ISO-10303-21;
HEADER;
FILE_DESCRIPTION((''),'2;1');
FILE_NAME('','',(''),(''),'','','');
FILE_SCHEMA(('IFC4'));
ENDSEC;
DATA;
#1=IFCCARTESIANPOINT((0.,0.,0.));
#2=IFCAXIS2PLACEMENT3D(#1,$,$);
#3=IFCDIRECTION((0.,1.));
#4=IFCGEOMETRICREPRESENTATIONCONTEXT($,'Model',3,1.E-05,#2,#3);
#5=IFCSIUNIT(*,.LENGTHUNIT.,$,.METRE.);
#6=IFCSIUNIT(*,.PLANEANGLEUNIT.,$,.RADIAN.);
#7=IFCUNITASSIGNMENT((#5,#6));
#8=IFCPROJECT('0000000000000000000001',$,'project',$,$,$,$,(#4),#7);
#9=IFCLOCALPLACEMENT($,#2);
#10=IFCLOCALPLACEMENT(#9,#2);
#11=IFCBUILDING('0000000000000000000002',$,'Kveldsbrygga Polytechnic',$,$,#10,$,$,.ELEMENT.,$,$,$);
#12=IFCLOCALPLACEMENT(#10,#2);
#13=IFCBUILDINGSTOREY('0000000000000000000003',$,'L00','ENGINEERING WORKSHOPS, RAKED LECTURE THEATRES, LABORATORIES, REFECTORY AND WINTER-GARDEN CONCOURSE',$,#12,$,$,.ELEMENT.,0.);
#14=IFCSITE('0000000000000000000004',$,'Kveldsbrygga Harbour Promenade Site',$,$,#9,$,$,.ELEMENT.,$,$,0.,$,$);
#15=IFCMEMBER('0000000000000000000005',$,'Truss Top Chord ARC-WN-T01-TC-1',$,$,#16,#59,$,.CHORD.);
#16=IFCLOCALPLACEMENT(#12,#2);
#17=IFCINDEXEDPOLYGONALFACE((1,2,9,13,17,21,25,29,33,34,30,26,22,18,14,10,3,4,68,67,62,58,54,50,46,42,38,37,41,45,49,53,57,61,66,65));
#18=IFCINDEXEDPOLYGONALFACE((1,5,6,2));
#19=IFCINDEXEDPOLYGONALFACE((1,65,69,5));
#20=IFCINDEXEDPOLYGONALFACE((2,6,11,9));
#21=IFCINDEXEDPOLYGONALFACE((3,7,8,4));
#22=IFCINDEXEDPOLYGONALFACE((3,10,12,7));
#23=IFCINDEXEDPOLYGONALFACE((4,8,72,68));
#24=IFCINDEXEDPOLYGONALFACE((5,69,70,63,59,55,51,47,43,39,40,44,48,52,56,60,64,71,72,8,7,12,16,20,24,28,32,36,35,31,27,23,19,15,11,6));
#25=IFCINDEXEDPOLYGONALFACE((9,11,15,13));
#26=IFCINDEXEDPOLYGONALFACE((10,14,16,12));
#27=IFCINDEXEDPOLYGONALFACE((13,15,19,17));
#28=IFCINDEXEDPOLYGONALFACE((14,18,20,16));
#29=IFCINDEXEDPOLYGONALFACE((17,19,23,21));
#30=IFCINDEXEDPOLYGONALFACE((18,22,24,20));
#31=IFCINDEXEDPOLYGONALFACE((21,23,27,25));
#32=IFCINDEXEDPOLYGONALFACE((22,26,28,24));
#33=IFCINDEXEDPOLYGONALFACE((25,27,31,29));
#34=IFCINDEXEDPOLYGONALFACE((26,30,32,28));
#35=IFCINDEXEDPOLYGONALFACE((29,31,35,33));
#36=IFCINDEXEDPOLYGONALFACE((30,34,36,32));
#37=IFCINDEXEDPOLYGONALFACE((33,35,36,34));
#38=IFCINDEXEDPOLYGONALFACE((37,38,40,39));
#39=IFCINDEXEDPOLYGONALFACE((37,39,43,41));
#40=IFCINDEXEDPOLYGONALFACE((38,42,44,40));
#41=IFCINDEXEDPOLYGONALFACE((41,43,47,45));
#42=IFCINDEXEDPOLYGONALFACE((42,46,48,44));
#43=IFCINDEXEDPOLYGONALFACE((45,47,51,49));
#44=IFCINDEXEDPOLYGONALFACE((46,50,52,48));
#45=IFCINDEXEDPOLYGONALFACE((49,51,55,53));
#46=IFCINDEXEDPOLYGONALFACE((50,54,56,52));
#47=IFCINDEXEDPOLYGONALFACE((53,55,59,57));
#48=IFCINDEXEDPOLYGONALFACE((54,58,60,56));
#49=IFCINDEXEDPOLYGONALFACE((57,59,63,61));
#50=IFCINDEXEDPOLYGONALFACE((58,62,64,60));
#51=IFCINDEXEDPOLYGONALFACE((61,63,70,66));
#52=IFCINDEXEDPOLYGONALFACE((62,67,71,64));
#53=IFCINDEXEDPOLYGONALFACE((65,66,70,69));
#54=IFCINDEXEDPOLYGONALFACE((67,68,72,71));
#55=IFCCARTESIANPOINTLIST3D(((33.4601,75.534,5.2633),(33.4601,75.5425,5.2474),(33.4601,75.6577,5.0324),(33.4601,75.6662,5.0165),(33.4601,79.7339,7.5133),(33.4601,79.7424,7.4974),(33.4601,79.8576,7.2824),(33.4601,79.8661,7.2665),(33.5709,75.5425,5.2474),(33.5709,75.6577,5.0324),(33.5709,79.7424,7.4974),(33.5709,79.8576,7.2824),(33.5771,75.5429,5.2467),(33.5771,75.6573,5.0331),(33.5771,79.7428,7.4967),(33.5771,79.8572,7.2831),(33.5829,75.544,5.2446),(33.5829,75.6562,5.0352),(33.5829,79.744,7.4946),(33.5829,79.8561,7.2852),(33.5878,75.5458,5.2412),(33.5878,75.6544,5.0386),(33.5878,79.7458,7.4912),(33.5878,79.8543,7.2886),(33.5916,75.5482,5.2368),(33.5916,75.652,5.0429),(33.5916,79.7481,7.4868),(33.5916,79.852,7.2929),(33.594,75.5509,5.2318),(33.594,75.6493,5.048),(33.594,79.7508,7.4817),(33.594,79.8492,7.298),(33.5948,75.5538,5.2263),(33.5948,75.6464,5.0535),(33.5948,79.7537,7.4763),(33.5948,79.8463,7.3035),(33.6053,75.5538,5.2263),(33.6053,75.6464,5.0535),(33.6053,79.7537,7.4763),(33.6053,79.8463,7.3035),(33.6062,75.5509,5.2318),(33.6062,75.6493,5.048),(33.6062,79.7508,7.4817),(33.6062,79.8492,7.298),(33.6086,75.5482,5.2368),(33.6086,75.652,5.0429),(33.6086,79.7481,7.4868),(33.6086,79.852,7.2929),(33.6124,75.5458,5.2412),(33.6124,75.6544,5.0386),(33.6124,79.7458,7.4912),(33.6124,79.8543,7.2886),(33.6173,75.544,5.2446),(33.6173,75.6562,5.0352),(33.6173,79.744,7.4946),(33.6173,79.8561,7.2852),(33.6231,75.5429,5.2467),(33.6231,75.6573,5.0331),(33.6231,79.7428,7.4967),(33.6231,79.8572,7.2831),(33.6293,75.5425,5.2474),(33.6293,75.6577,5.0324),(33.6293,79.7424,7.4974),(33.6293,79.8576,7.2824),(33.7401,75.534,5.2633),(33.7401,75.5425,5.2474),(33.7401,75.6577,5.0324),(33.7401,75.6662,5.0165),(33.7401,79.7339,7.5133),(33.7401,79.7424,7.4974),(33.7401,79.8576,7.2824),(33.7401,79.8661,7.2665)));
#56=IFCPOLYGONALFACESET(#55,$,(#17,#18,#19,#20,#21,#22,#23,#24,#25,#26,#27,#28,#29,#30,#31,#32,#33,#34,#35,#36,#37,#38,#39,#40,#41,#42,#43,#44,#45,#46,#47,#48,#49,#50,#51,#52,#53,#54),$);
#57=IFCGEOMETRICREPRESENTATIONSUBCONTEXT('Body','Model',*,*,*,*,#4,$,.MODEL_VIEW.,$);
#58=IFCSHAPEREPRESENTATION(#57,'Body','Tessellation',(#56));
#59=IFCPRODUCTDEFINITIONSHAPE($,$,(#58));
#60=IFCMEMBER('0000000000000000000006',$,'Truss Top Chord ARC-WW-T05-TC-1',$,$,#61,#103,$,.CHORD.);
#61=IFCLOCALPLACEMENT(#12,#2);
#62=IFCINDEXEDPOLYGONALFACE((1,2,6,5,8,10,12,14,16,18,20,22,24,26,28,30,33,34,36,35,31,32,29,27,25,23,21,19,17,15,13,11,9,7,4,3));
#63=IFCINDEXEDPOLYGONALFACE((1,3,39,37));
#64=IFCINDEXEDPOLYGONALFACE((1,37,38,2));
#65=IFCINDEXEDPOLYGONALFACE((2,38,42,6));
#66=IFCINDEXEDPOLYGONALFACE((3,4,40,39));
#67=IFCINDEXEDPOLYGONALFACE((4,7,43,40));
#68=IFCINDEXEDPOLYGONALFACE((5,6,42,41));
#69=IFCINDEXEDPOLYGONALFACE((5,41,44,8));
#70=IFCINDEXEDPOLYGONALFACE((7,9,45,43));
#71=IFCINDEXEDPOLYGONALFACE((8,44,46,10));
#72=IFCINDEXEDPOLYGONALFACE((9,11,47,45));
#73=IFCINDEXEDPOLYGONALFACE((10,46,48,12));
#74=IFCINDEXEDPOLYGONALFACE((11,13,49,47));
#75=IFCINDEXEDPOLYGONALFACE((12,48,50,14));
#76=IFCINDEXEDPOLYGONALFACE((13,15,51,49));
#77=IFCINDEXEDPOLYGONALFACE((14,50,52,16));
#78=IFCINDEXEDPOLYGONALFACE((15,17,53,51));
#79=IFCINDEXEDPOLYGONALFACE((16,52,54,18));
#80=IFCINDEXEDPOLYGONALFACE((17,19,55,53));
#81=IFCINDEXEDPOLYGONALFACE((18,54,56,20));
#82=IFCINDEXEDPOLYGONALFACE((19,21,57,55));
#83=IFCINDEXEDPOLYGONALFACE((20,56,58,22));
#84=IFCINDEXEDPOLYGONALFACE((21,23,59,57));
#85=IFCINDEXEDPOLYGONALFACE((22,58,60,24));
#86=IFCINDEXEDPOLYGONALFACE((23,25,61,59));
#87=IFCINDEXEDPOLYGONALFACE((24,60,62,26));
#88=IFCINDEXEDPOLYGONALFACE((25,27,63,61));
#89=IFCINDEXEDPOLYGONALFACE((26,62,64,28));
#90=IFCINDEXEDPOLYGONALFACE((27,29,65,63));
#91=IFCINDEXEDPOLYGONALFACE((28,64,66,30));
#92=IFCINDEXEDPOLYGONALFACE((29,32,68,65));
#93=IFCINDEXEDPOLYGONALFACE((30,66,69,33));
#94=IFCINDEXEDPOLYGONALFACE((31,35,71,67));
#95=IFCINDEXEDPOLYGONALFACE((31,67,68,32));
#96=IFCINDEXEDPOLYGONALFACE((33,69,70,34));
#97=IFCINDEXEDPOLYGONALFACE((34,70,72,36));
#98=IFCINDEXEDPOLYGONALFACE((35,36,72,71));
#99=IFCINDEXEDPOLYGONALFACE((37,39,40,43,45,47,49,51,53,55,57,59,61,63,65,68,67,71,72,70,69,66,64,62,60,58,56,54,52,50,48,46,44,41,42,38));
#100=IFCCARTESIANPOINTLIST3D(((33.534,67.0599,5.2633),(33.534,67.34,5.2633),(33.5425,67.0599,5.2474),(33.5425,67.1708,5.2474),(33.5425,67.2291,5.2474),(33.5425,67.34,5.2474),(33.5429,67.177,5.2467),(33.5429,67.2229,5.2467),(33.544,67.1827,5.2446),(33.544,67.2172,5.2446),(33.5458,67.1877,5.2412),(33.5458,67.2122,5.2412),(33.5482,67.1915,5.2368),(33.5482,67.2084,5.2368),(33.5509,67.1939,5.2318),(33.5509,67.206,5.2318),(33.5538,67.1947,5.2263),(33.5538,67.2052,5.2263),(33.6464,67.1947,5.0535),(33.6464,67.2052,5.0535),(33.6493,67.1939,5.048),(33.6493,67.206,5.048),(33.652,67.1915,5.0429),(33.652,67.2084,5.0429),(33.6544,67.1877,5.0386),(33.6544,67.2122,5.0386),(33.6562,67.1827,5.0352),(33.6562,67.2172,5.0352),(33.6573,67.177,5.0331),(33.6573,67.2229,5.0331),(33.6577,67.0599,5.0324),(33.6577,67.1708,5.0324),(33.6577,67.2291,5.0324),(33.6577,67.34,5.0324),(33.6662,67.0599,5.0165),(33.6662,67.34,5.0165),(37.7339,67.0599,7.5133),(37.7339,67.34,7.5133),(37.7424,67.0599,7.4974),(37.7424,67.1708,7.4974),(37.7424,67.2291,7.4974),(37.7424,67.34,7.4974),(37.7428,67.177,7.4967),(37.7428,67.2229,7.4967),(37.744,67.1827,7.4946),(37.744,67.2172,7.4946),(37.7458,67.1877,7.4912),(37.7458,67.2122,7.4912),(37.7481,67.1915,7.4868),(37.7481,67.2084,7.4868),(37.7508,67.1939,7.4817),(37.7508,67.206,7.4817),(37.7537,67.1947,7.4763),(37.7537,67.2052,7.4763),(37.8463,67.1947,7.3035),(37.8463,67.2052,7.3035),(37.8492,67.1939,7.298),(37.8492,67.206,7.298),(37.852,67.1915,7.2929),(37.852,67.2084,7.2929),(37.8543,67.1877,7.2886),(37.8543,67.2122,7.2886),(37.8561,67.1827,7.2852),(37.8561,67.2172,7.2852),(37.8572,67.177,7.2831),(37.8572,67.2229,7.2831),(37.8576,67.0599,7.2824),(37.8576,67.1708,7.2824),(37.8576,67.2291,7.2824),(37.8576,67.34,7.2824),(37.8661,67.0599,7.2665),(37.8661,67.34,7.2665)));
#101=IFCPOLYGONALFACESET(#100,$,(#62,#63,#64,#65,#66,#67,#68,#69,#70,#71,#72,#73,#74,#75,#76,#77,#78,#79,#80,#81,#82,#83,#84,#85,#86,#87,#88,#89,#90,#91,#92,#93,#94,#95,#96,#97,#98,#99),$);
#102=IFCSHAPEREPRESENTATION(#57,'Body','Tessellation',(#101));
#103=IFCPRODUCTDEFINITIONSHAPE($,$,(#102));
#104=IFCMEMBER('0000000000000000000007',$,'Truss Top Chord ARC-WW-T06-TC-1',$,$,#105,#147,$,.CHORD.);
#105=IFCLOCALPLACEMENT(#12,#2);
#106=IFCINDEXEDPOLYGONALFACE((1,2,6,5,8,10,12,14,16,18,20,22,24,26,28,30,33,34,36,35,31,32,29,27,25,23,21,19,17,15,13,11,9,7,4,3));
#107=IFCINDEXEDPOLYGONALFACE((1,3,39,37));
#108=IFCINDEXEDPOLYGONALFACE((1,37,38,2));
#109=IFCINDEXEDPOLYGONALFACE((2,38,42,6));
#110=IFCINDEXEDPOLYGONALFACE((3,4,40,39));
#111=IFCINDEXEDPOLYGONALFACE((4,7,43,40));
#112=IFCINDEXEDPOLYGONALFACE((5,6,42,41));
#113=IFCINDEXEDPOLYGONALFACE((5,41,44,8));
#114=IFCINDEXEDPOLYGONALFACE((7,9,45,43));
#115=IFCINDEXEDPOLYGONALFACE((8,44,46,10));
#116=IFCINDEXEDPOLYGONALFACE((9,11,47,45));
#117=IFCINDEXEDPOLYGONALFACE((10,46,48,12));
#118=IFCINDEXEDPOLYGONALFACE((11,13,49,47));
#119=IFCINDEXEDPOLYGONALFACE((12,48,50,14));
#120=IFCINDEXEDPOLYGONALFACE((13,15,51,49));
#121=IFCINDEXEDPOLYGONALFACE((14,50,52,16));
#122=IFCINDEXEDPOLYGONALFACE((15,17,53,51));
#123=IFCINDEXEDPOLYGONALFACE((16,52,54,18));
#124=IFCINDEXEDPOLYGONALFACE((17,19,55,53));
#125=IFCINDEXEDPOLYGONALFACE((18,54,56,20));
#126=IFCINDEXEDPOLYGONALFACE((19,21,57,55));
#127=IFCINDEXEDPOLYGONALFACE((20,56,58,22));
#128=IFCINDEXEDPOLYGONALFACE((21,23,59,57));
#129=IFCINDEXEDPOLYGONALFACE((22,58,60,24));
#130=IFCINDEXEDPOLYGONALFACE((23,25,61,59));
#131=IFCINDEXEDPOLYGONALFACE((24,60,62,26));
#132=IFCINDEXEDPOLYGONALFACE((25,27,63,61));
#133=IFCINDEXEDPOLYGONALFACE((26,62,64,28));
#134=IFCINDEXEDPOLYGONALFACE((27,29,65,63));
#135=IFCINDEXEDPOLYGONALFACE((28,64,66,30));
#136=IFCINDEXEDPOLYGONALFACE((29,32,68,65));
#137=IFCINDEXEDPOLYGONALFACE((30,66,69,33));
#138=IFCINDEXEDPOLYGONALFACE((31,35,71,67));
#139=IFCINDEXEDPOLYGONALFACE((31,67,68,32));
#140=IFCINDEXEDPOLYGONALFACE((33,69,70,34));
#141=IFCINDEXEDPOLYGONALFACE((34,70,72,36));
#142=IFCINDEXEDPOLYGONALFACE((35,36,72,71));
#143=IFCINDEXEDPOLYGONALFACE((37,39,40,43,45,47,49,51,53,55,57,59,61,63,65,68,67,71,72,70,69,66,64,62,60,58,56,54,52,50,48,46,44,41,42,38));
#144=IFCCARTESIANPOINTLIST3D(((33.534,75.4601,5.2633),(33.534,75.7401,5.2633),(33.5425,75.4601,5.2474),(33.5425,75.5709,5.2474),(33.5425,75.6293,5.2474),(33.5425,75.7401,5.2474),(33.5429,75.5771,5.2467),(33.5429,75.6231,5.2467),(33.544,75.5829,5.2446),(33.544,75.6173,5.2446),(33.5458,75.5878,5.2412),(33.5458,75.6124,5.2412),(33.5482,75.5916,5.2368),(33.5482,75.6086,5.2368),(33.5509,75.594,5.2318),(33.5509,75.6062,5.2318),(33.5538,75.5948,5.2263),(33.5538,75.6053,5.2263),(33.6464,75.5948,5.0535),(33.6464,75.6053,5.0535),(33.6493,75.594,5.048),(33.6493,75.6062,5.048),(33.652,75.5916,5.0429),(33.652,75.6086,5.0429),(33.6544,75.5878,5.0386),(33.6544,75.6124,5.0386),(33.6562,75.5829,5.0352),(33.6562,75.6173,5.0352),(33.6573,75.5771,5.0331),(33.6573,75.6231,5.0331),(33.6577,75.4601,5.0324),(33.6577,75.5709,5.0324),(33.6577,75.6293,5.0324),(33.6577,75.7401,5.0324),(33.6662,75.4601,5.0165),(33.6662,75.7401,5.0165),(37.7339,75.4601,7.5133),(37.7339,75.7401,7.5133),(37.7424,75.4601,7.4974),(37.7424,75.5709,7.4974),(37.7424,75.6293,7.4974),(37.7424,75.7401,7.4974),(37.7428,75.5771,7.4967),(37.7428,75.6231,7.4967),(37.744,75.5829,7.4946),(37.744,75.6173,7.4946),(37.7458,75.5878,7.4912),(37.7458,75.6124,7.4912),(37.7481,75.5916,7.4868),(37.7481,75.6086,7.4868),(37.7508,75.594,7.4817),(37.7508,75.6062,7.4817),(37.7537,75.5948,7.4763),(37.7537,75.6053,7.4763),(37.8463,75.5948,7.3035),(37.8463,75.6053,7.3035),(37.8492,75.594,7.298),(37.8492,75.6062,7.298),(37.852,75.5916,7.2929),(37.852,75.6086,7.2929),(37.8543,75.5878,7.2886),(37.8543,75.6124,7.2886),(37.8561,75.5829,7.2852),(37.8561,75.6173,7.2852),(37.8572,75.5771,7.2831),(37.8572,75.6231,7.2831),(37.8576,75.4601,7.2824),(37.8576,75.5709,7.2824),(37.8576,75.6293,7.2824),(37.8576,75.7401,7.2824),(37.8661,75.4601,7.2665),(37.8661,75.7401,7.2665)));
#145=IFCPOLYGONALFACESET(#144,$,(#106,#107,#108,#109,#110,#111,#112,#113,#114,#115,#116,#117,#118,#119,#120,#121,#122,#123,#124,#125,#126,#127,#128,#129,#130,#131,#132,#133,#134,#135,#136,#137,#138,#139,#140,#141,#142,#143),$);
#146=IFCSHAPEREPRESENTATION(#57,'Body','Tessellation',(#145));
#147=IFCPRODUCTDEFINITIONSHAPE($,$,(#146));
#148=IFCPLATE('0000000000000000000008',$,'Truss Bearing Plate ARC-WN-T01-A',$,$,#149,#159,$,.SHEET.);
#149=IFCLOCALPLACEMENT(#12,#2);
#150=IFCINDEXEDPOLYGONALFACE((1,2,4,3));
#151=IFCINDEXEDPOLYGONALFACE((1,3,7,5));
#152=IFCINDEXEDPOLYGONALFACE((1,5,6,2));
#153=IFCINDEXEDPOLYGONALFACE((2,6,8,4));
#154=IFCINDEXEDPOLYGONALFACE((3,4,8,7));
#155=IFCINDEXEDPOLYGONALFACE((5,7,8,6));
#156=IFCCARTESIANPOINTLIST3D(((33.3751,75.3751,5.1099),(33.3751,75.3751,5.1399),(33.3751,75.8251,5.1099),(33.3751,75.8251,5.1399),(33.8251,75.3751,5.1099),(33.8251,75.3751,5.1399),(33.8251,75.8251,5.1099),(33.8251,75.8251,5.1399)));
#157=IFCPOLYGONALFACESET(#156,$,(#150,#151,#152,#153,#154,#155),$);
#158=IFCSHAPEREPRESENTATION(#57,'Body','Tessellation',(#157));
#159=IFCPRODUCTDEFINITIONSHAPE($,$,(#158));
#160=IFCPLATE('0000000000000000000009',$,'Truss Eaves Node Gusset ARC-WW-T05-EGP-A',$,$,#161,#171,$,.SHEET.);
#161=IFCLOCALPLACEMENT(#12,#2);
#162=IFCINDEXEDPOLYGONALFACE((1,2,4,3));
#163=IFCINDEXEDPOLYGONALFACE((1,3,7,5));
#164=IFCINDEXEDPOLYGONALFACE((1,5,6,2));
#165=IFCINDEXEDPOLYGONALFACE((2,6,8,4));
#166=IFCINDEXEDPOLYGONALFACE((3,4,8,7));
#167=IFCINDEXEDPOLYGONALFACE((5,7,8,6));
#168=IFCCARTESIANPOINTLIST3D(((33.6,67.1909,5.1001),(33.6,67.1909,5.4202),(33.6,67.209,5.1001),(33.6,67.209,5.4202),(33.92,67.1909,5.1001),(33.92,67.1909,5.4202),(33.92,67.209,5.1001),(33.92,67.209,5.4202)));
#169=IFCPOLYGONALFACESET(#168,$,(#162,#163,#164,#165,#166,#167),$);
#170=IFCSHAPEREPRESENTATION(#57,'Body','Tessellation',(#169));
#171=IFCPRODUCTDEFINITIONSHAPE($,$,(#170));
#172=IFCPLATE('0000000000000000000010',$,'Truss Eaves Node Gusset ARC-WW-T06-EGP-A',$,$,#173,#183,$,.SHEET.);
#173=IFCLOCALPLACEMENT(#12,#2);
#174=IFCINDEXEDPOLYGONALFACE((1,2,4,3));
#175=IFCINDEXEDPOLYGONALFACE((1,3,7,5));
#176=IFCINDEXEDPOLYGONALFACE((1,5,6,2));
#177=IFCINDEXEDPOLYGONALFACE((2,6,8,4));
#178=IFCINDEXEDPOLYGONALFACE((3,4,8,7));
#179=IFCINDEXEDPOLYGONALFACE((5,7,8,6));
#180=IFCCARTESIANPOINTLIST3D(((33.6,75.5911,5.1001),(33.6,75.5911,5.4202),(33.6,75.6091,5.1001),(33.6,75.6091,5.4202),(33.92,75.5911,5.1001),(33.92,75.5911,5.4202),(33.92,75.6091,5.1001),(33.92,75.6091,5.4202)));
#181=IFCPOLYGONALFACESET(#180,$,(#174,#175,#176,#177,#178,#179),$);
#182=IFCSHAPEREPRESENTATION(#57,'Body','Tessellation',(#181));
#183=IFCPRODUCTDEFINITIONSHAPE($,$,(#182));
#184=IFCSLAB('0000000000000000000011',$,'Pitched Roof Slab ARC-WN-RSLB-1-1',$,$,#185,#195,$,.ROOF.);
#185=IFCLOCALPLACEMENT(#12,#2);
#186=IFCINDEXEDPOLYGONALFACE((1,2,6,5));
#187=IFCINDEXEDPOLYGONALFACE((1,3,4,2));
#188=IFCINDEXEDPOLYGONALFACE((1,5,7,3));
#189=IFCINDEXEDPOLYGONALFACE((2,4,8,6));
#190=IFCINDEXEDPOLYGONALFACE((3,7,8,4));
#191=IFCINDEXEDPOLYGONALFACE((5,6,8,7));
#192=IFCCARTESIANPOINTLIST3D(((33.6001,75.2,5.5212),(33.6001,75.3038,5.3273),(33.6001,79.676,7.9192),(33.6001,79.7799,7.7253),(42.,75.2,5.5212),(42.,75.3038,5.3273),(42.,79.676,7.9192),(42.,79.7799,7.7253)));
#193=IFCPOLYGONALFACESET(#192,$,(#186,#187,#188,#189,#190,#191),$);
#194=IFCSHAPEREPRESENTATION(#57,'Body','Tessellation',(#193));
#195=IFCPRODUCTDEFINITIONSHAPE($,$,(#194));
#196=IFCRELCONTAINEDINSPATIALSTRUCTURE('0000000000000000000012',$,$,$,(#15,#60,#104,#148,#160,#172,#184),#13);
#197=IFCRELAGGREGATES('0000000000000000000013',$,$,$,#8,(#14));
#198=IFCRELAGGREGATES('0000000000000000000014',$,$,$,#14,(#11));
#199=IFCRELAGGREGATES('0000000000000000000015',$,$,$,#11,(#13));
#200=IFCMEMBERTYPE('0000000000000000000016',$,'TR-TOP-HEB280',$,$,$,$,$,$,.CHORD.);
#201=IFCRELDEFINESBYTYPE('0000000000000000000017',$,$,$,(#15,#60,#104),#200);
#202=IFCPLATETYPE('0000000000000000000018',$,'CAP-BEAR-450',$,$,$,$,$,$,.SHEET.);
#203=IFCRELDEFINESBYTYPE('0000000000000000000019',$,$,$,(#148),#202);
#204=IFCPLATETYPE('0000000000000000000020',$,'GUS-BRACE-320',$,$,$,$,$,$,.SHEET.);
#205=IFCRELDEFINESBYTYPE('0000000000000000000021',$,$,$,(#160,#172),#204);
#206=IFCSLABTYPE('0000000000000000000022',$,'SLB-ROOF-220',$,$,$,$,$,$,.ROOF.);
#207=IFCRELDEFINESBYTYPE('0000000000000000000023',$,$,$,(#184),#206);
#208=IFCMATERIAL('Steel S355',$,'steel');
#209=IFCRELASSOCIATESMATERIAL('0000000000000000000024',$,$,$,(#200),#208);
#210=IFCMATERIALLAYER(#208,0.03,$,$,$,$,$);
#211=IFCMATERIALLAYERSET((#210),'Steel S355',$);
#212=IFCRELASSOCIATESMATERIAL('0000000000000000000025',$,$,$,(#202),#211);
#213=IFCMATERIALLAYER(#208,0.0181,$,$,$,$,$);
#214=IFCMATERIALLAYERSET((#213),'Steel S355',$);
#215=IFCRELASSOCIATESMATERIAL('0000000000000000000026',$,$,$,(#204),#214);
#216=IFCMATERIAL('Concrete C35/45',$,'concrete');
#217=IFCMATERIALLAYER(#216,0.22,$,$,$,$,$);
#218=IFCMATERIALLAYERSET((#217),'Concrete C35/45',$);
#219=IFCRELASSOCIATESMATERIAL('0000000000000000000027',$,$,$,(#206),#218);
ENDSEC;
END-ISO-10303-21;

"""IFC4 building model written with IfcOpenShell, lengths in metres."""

from ifc_helpers import new_model, si_unit, direction, frame, origin, origin_2d, place, context, subcontext, project, spatial, polyline, rectangle, i_section, outline, extrude, material, layer, layer_set, material_profile, profile_set, type_object, element, save


model = new_model("IFC4")

# Units and contexts
model_context = context("Model", 3, precision=1e-05, world=origin(), true_north=direction((0.0, 1.0)))
body_context = subcontext(model_context, "Body", "Model", "MODEL_VIEW")
ifc_project = project(units=[si_unit("LENGTHUNIT", "METRE"), si_unit("PLANEANGLEUNIT", "RADIAN")], contexts=[model_context])

# Site, building, storey
site_placement = place(None, origin())
site = spatial("IfcSite", under=ifc_project, at=site_placement, Name="Kveldsbrygga Harbour Promenade Site", CompositionType="ELEMENT", RefElevation=0.0)
building_placement = place(site_placement, origin())
building = spatial("IfcBuilding", under=site, at=building_placement, Name="Kveldsbrygga Polytechnic", CompositionType="ELEMENT")
storey_placement = place(building_placement, origin())
storey = spatial("IfcBuildingStorey", under=building, at=storey_placement, Name="L00", Description="ENGINEERING WORKSHOPS, RAKED LECTURE THEATRES, LABORATORIES, REFECTORY AND WINTER-GARDEN CONCOURSE", CompositionType="ELEMENT", Elevation=0.0)

# Shared definitions
ifc_material_1 = material(Name="Concrete C35/45", Category="concrete")

# Shared definitions
ifc_material_2 = material(Name="Steel S355", Category="steel")

# Members
ifc_material_profile_1 = material_profile(ifc_material_2, i_section(OverallWidth=0.28, OverallDepth=0.28, WebThickness=0.0105, FlangeThickness=0.0181, FilletRadius=0.0239, at=origin_2d()), Name="HEB 280")
ifc_profile_set_1 = profile_set([ifc_material_profile_1], Name="Steel S355")
member_type_1 = type_object("IfcMemberType", Name="TR-TOP-HEB280", PredefinedType="CHORD", material=ifc_profile_set_1)
for number, where, z_axis, x_axis, name in (
    (1, (33.6001, 75.6001, 5.1399), (0.0, 0.881478, 0.472226), (-1.0, 0.0, 0.0), "Truss Top Chord ARC-WN-T01-TC-1"),
    (2, (33.6001, 67.2, 5.1399), (0.881478, 0.0, 0.472226), (0.0, 1.0, 0.0), "Truss Top Chord ARC-WW-T05-TC-1"),
    (3, (33.6001, 75.6001, 5.1399), (0.881478, 0.0, 0.472226), (0.0, 1.0, 0.0), "Truss Top Chord ARC-WW-T06-TC-1"),
):
    element("IfcMember", number, at=place(storey_placement, frame(where, z_axis=z_axis, x_axis=x_axis)), inside=storey, type_object=member_type_1, Name=name, PredefinedType="CHORD", context=body_context, shape_type="SweptSolid", body=[
        extrude(i_section(OverallWidth=0.28, OverallDepth=0.28, WebThickness=0.0105, FlangeThickness=0.0181, FilletRadius=0.0239, at=origin_2d()), origin(), (0.0, 0.0, 1.0), 4.7646),
    ])

# Plates
ifc_layer_1 = layer(ifc_material_2, 0.03)
ifc_layer_set_1 = layer_set([ifc_layer_1], Name="Steel S355")
plate_type_1 = type_object("IfcPlateType", Name="CAP-BEAR-450", PredefinedType="SHEET", material=ifc_layer_set_1)
plate_placement = place(storey_placement, frame((33.6001, 75.6001, 5.1099), z_axis=(0.0, 0.0, 1.0), x_axis=(1.0, 0.0, 0.0)))
element("IfcPlate", 4, at=plate_placement, inside=storey, type_object=plate_type_1, Name="Truss Bearing Plate ARC-WN-T01-A", PredefinedType="SHEET", context=body_context, shape_type="SweptSolid", body=[
    extrude(rectangle(XDim=0.45, YDim=0.45, at=origin_2d()), origin(), (0.0, 0.0, 1.0), 0.03),
])
ifc_layer_2 = layer(ifc_material_2, 0.0181)
ifc_layer_set_2 = layer_set([ifc_layer_2], Name="Steel S355")
plate_type_2 = type_object("IfcPlateType", Name="GUS-BRACE-320", PredefinedType="SHEET", material=ifc_layer_set_2)
for number, where, z_axis, x_axis, name in (
    (5, (33.76, 67.2, 5.1001), (0.0, 0.0, 1.0), (1.0, 0.0, 0.0), "Truss Eaves Node Gusset ARC-WW-T05-EGP-A"),
    (6, (33.76, 75.6001, 5.1001), (0.0, 0.0, 1.0), (1.0, 0.0, 0.0), "Truss Eaves Node Gusset ARC-WW-T06-EGP-A"),
):
    element("IfcPlate", number, at=place(storey_placement, frame(where, z_axis=z_axis, x_axis=x_axis)), inside=storey, type_object=plate_type_2, Name=name, PredefinedType="SHEET", context=body_context, shape_type="SweptSolid", body=[
        extrude(rectangle(XDim=0.3201, YDim=0.0181, at=origin_2d()), origin(), (0.0, 0.0, 1.0), 0.3201),
    ])

# Slab
ifc_layer_3 = layer(ifc_material_1, 0.22)
ifc_layer_set_3 = layer_set([ifc_layer_3], Name="Concrete C35/45")
slab_type = type_object("IfcSlabType", Name="SLB-ROOF-220", PredefinedType="ROOF", material=ifc_layer_set_3)
slab_placement = place(storey_placement, frame((33.6001, 75.2, 5.5212), z_axis=(0.0, -0.472229, 0.881476), x_axis=(1.0, 0.0, 0.0)))
element("IfcSlab", 7, at=slab_placement, inside=storey, type_object=slab_type, Name="Pitched Roof Slab ARC-WN-RSLB-1-1", PredefinedType="ROOF", context=body_context, shape_type="SweptSolid", body=[
    extrude(outline(polyline([(0.0, 0.0), (8.3999, 0.0), (8.3999, 5.0779), (0.0, 5.0779), (0.0, 0.0)])), origin(), (0.0, 0.0, -1.0), 0.22),
])

save(model, "model.ifc")
